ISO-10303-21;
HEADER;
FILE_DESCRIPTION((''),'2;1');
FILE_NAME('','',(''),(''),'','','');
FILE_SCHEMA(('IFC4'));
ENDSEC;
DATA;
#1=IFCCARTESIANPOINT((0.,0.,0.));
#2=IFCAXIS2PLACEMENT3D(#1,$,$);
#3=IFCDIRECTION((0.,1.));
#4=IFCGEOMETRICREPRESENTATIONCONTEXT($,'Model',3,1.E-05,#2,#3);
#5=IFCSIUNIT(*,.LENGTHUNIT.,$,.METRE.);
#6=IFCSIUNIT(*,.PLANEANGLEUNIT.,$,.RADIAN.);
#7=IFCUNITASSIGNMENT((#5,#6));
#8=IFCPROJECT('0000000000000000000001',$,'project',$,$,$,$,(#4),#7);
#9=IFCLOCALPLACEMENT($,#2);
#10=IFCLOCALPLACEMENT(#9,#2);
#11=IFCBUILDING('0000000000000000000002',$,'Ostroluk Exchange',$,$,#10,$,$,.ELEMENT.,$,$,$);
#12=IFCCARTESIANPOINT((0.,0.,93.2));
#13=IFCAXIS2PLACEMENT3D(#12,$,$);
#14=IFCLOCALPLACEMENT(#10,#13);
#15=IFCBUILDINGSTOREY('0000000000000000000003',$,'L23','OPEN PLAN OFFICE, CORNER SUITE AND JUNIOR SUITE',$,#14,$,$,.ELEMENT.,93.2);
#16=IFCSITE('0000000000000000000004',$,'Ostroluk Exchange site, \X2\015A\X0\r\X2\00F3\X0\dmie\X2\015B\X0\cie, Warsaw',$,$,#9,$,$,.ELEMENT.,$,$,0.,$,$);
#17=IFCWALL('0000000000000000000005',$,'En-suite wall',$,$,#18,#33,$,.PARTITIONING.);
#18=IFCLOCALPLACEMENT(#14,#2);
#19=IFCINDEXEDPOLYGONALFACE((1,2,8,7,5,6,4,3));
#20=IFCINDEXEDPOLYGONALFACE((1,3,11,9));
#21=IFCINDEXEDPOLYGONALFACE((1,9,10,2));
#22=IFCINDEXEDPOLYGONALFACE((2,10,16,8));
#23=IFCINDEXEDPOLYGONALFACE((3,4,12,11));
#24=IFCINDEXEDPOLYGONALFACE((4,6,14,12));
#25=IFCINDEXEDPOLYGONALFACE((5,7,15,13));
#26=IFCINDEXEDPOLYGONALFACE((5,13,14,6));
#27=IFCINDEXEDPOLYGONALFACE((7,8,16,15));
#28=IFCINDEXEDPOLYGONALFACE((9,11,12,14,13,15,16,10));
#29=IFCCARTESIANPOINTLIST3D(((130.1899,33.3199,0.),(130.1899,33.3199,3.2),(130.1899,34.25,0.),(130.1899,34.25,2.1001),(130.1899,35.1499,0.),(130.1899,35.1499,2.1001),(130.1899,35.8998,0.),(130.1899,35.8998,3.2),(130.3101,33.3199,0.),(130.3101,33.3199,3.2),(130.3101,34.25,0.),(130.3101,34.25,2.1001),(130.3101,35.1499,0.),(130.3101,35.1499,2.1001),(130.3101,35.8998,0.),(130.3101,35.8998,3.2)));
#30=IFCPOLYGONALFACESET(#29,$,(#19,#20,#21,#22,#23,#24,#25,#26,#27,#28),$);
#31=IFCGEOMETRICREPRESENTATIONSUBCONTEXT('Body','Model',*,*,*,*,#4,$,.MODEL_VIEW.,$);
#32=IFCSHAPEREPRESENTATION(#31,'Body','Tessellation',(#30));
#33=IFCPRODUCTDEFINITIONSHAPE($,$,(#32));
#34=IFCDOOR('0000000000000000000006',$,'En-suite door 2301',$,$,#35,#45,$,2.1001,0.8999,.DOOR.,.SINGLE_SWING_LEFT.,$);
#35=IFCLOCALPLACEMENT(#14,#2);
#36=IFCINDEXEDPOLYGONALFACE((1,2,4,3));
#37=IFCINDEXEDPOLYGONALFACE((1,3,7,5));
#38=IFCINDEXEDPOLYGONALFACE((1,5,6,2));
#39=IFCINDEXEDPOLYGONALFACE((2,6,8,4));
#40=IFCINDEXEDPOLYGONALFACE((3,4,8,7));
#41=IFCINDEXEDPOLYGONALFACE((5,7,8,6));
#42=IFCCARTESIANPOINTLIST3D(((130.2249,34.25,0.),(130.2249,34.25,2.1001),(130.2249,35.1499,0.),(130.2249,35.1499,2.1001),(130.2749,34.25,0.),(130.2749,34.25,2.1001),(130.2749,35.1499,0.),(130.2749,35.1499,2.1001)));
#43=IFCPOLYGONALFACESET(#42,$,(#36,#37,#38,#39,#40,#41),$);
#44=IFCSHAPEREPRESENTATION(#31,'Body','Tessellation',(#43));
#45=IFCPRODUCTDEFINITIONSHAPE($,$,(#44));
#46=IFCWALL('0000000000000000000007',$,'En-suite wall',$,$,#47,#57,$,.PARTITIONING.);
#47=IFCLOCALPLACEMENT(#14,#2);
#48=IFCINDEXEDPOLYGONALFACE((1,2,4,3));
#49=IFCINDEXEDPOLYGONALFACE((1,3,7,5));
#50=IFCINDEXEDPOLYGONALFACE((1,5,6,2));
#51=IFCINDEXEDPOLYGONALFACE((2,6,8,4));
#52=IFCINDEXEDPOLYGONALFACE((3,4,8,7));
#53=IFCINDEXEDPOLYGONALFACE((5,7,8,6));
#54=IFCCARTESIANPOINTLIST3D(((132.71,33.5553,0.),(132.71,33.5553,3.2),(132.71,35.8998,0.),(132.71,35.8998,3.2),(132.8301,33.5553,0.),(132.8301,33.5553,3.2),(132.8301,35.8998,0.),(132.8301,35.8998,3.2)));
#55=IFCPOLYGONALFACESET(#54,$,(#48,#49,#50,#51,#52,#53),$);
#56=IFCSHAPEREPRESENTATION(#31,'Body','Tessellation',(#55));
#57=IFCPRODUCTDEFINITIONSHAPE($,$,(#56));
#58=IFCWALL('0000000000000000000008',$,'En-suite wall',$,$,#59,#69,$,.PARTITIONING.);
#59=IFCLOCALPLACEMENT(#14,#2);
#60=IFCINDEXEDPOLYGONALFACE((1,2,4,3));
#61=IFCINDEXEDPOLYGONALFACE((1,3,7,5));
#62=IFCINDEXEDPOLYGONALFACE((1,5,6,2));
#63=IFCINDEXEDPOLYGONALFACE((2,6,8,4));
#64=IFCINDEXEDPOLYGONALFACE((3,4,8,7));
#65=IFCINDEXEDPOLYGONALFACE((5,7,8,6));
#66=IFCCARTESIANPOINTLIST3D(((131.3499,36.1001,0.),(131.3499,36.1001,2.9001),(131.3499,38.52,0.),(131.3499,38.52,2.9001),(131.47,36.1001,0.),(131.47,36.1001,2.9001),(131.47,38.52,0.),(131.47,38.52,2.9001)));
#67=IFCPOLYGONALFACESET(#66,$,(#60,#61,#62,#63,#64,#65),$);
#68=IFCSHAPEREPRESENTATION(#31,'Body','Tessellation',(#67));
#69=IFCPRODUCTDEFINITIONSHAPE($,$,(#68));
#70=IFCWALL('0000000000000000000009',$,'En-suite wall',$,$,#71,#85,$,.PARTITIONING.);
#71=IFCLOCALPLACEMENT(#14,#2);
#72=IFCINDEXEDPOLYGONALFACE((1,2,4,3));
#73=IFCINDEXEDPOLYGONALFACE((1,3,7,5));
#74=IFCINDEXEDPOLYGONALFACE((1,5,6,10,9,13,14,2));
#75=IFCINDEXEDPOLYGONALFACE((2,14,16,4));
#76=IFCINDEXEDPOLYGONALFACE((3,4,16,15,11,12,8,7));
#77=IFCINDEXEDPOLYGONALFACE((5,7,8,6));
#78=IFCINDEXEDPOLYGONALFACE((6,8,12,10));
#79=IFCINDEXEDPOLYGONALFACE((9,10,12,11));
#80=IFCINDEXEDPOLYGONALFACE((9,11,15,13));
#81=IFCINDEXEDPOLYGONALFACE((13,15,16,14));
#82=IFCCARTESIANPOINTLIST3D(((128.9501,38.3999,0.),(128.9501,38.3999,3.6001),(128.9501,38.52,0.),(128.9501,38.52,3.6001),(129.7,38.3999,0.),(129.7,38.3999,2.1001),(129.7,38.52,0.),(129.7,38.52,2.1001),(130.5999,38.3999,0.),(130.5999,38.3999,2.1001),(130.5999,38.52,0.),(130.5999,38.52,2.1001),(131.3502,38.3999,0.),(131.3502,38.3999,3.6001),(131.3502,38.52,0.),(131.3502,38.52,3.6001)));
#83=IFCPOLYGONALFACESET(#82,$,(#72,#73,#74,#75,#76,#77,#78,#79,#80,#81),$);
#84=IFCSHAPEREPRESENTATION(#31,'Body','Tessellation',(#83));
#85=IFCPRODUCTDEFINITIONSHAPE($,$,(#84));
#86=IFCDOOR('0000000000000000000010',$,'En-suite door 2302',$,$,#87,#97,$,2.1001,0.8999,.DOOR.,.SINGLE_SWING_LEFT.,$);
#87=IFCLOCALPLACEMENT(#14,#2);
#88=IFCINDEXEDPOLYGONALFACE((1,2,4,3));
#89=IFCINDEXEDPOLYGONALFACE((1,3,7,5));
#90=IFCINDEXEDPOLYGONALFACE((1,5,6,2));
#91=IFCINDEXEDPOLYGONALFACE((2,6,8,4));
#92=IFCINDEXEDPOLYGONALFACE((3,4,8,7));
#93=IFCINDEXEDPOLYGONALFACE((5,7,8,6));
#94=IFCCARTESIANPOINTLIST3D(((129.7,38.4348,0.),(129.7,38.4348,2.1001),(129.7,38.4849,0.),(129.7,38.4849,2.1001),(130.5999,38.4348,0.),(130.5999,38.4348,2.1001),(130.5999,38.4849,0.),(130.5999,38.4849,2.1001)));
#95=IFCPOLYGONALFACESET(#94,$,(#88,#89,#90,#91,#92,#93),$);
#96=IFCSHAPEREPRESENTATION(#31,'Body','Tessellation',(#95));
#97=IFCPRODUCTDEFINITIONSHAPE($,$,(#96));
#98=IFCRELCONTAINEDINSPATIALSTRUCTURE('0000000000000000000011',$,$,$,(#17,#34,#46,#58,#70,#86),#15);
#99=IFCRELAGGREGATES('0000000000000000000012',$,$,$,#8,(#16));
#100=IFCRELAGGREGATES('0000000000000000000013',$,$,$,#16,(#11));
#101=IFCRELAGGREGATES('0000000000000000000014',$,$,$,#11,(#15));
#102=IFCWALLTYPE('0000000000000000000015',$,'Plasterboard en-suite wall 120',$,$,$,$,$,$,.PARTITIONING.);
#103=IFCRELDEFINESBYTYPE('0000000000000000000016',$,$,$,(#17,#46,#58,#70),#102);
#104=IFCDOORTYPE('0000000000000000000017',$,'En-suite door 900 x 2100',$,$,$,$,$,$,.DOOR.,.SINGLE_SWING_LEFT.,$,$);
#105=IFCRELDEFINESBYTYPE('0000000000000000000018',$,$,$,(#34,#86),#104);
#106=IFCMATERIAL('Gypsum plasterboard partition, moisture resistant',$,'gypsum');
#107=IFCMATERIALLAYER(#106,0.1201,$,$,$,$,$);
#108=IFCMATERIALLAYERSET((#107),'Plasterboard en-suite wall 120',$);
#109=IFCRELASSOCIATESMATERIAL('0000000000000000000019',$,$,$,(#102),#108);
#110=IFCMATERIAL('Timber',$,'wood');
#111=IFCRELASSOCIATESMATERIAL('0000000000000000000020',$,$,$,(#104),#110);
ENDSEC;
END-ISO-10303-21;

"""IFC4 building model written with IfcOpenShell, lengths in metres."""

from ifc_helpers import new_model, si_unit, direction, frame, frame_2d, origin, place, context, subcontext, project, spatial, rectangle, extrude, material, layer, layer_set, type_object, element, fill, save


model = new_model("IFC4")

# Units and contexts
model_context = context("Model", 3, precision=1e-05, world=origin(), true_north=direction((0.0, 1.0)))
body_context = subcontext(model_context, "Body", "Model", "MODEL_VIEW")
ifc_project = project(units=[si_unit("LENGTHUNIT", "METRE"), si_unit("PLANEANGLEUNIT", "RADIAN")], contexts=[model_context])

# Site, building, storey
site_placement = place(None, origin())
site = spatial("IfcSite", under=ifc_project, at=site_placement, Name="Ostroluk Exchange site, Śródmieście, Warsaw", CompositionType="ELEMENT", RefElevation=0.0)
building_placement = place(site_placement, origin())
building = spatial("IfcBuilding", under=site, at=building_placement, Name="Ostroluk Exchange", CompositionType="ELEMENT")
storey_placement = place(building_placement, frame((0.0, 0.0, 93.2)))
storey = spatial("IfcBuildingStorey", under=building, at=storey_placement, Name="L23", Description="OPEN PLAN OFFICE, CORNER SUITE AND JUNIOR SUITE", CompositionType="ELEMENT", Elevation=93.2)

# Wall, opening, door
ifc_material_1 = material(Name="Gypsum plasterboard partition, moisture resistant", Category="gypsum")
ifc_layer_1 = layer(ifc_material_1, 0.1201)
ifc_layer_set_1 = layer_set([ifc_layer_1], Name="Plasterboard en-suite wall 120")
wall_type_1 = type_object("IfcWallType", Name="Plasterboard en-suite wall 120", PredefinedType="PARTITIONING", material=ifc_layer_set_1)
wall_1_placement = place(storey_placement, frame((130.25, 35.8999, 0.0), z_axis=(0.0, 0.0, 1.0), x_axis=(0.0, -1.0, 0.0)))
wall_1 = element("IfcWall", 1, at=wall_1_placement, inside=storey, type_object=wall_type_1, Name="En-suite wall", PredefinedType="PARTITIONING", context=body_context, shape_type="SweptSolid", body=[
    extrude(rectangle(XDim=2.5798, YDim=0.1201, at=frame_2d((1.29, 0.0))), origin(), (0.0, 0.0, 1.0), 3.2),
])
opening_1_placement = place(wall_1_placement, frame((0.75, 0.0, 0.0)))
opening_1 = element("IfcOpeningElement", 2, at=opening_1_placement, cuts=wall_1, PredefinedType="OPENING", context=body_context, shape_type="SweptSolid", body=[
    extrude(rectangle(XDim=0.8999, YDim=2.1001, at=frame_2d((0.45, 1.05))), frame((0.0, 0.0701, 0.0), z_axis=(0.0, -1.0, 0.0), x_axis=(1.0, 0.0, 0.0)), (0.0, 0.0, 1.0), 0.1401),
])
ifc_material_2 = material(Name="Timber", Category="wood")
door_type_1 = type_object("IfcDoorType", Name="En-suite door 900 x 2100", OperationType="SINGLE_SWING_LEFT", PredefinedType="DOOR", material=ifc_material_2)
door_1_placement = place(opening_1_placement, origin())
door_1 = element("IfcDoor", 3, at=door_1_placement, inside=storey, type_object=door_type_1, Name="En-suite door 2301", OperationType="SINGLE_SWING_LEFT", OverallHeight=2.1001, OverallWidth=0.8999, PredefinedType="DOOR", context=body_context, shape_type="SweptSolid", body=[
    extrude(rectangle(XDim=0.8999, YDim=2.1001, at=frame_2d((0.45, 1.05))), frame((0.0, 0.0249, 0.0), z_axis=(0.0, -1.0, 0.0), x_axis=(1.0, 0.0, 0.0)), (0.0, 0.0, 1.0), 0.05),
])
fill(opening_1, door_1)

# Walls
wall_2_placement = place(storey_placement, frame((132.77, 35.8999, 0.0), z_axis=(0.0, 0.0, 1.0), x_axis=(0.0, -1.0, 0.0)))
element("IfcWall", 4, at=wall_2_placement, inside=storey, type_object=wall_type_1, Name="En-suite wall", PredefinedType="PARTITIONING", context=body_context, shape_type="SweptSolid", body=[
    extrude(rectangle(XDim=2.3445, YDim=0.1201, at=frame_2d((1.1724, 0.0))), origin(), (0.0, 0.0, 1.0), 3.2),
])
wall_3_placement = place(storey_placement, frame((131.4099, 36.1001, 0.0), z_axis=(0.0, 0.0, 1.0), x_axis=(0.0, 1.0, 0.0)))
element("IfcWall", 5, at=wall_3_placement, inside=storey, type_object=wall_type_1, Name="En-suite wall", PredefinedType="PARTITIONING", context=body_context, shape_type="SweptSolid", body=[
    extrude(rectangle(XDim=2.4199, YDim=0.1201, at=frame_2d((1.21, 0.0))), origin(), (0.0, 0.0, 1.0), 2.9001),
])

# Wall, opening, door
wall_4_placement = place(storey_placement, frame((128.95, 38.46, 0.0), z_axis=(0.0, 0.0, 1.0), x_axis=(1.0, 0.0, 0.0)))
wall_4 = element("IfcWall", 6, at=wall_4_placement, inside=storey, type_object=wall_type_1, Name="En-suite wall", PredefinedType="PARTITIONING", context=body_context, shape_type="SweptSolid", body=[
    extrude(rectangle(XDim=2.4001, YDim=0.1201, at=frame_2d((1.2002, 0.0))), origin(), (0.0, 0.0, 1.0), 3.6001),
])
opening_2_placement = place(wall_4_placement, frame((0.75, 0.0, 0.0)))
opening_2 = element("IfcOpeningElement", 7, at=opening_2_placement, cuts=wall_4, PredefinedType="OPENING", context=body_context, shape_type="SweptSolid", body=[
    extrude(rectangle(XDim=0.8999, YDim=2.1001, at=frame_2d((0.45, 1.05))), frame((0.0, 0.0701, 0.0), z_axis=(0.0, -1.0, 0.0), x_axis=(1.0, 0.0, 0.0)), (0.0, 0.0, 1.0), 0.1401),
])
door_2_placement = place(opening_2_placement, origin())
door_2 = element("IfcDoor", 8, at=door_2_placement, inside=storey, type_object=door_type_1, Name="En-suite door 2302", OperationType="SINGLE_SWING_LEFT", OverallHeight=2.1001, OverallWidth=0.8999, PredefinedType="DOOR", context=body_context, shape_type="SweptSolid", body=[
    extrude(rectangle(XDim=0.8999, YDim=2.1001, at=frame_2d((0.45, 1.05))), frame((0.0, 0.0249, 0.0), z_axis=(0.0, -1.0, 0.0), x_axis=(1.0, 0.0, 0.0)), (0.0, 0.0, 1.0), 0.05),
])
fill(opening_2, door_2)

save(model, "model.ifc")
